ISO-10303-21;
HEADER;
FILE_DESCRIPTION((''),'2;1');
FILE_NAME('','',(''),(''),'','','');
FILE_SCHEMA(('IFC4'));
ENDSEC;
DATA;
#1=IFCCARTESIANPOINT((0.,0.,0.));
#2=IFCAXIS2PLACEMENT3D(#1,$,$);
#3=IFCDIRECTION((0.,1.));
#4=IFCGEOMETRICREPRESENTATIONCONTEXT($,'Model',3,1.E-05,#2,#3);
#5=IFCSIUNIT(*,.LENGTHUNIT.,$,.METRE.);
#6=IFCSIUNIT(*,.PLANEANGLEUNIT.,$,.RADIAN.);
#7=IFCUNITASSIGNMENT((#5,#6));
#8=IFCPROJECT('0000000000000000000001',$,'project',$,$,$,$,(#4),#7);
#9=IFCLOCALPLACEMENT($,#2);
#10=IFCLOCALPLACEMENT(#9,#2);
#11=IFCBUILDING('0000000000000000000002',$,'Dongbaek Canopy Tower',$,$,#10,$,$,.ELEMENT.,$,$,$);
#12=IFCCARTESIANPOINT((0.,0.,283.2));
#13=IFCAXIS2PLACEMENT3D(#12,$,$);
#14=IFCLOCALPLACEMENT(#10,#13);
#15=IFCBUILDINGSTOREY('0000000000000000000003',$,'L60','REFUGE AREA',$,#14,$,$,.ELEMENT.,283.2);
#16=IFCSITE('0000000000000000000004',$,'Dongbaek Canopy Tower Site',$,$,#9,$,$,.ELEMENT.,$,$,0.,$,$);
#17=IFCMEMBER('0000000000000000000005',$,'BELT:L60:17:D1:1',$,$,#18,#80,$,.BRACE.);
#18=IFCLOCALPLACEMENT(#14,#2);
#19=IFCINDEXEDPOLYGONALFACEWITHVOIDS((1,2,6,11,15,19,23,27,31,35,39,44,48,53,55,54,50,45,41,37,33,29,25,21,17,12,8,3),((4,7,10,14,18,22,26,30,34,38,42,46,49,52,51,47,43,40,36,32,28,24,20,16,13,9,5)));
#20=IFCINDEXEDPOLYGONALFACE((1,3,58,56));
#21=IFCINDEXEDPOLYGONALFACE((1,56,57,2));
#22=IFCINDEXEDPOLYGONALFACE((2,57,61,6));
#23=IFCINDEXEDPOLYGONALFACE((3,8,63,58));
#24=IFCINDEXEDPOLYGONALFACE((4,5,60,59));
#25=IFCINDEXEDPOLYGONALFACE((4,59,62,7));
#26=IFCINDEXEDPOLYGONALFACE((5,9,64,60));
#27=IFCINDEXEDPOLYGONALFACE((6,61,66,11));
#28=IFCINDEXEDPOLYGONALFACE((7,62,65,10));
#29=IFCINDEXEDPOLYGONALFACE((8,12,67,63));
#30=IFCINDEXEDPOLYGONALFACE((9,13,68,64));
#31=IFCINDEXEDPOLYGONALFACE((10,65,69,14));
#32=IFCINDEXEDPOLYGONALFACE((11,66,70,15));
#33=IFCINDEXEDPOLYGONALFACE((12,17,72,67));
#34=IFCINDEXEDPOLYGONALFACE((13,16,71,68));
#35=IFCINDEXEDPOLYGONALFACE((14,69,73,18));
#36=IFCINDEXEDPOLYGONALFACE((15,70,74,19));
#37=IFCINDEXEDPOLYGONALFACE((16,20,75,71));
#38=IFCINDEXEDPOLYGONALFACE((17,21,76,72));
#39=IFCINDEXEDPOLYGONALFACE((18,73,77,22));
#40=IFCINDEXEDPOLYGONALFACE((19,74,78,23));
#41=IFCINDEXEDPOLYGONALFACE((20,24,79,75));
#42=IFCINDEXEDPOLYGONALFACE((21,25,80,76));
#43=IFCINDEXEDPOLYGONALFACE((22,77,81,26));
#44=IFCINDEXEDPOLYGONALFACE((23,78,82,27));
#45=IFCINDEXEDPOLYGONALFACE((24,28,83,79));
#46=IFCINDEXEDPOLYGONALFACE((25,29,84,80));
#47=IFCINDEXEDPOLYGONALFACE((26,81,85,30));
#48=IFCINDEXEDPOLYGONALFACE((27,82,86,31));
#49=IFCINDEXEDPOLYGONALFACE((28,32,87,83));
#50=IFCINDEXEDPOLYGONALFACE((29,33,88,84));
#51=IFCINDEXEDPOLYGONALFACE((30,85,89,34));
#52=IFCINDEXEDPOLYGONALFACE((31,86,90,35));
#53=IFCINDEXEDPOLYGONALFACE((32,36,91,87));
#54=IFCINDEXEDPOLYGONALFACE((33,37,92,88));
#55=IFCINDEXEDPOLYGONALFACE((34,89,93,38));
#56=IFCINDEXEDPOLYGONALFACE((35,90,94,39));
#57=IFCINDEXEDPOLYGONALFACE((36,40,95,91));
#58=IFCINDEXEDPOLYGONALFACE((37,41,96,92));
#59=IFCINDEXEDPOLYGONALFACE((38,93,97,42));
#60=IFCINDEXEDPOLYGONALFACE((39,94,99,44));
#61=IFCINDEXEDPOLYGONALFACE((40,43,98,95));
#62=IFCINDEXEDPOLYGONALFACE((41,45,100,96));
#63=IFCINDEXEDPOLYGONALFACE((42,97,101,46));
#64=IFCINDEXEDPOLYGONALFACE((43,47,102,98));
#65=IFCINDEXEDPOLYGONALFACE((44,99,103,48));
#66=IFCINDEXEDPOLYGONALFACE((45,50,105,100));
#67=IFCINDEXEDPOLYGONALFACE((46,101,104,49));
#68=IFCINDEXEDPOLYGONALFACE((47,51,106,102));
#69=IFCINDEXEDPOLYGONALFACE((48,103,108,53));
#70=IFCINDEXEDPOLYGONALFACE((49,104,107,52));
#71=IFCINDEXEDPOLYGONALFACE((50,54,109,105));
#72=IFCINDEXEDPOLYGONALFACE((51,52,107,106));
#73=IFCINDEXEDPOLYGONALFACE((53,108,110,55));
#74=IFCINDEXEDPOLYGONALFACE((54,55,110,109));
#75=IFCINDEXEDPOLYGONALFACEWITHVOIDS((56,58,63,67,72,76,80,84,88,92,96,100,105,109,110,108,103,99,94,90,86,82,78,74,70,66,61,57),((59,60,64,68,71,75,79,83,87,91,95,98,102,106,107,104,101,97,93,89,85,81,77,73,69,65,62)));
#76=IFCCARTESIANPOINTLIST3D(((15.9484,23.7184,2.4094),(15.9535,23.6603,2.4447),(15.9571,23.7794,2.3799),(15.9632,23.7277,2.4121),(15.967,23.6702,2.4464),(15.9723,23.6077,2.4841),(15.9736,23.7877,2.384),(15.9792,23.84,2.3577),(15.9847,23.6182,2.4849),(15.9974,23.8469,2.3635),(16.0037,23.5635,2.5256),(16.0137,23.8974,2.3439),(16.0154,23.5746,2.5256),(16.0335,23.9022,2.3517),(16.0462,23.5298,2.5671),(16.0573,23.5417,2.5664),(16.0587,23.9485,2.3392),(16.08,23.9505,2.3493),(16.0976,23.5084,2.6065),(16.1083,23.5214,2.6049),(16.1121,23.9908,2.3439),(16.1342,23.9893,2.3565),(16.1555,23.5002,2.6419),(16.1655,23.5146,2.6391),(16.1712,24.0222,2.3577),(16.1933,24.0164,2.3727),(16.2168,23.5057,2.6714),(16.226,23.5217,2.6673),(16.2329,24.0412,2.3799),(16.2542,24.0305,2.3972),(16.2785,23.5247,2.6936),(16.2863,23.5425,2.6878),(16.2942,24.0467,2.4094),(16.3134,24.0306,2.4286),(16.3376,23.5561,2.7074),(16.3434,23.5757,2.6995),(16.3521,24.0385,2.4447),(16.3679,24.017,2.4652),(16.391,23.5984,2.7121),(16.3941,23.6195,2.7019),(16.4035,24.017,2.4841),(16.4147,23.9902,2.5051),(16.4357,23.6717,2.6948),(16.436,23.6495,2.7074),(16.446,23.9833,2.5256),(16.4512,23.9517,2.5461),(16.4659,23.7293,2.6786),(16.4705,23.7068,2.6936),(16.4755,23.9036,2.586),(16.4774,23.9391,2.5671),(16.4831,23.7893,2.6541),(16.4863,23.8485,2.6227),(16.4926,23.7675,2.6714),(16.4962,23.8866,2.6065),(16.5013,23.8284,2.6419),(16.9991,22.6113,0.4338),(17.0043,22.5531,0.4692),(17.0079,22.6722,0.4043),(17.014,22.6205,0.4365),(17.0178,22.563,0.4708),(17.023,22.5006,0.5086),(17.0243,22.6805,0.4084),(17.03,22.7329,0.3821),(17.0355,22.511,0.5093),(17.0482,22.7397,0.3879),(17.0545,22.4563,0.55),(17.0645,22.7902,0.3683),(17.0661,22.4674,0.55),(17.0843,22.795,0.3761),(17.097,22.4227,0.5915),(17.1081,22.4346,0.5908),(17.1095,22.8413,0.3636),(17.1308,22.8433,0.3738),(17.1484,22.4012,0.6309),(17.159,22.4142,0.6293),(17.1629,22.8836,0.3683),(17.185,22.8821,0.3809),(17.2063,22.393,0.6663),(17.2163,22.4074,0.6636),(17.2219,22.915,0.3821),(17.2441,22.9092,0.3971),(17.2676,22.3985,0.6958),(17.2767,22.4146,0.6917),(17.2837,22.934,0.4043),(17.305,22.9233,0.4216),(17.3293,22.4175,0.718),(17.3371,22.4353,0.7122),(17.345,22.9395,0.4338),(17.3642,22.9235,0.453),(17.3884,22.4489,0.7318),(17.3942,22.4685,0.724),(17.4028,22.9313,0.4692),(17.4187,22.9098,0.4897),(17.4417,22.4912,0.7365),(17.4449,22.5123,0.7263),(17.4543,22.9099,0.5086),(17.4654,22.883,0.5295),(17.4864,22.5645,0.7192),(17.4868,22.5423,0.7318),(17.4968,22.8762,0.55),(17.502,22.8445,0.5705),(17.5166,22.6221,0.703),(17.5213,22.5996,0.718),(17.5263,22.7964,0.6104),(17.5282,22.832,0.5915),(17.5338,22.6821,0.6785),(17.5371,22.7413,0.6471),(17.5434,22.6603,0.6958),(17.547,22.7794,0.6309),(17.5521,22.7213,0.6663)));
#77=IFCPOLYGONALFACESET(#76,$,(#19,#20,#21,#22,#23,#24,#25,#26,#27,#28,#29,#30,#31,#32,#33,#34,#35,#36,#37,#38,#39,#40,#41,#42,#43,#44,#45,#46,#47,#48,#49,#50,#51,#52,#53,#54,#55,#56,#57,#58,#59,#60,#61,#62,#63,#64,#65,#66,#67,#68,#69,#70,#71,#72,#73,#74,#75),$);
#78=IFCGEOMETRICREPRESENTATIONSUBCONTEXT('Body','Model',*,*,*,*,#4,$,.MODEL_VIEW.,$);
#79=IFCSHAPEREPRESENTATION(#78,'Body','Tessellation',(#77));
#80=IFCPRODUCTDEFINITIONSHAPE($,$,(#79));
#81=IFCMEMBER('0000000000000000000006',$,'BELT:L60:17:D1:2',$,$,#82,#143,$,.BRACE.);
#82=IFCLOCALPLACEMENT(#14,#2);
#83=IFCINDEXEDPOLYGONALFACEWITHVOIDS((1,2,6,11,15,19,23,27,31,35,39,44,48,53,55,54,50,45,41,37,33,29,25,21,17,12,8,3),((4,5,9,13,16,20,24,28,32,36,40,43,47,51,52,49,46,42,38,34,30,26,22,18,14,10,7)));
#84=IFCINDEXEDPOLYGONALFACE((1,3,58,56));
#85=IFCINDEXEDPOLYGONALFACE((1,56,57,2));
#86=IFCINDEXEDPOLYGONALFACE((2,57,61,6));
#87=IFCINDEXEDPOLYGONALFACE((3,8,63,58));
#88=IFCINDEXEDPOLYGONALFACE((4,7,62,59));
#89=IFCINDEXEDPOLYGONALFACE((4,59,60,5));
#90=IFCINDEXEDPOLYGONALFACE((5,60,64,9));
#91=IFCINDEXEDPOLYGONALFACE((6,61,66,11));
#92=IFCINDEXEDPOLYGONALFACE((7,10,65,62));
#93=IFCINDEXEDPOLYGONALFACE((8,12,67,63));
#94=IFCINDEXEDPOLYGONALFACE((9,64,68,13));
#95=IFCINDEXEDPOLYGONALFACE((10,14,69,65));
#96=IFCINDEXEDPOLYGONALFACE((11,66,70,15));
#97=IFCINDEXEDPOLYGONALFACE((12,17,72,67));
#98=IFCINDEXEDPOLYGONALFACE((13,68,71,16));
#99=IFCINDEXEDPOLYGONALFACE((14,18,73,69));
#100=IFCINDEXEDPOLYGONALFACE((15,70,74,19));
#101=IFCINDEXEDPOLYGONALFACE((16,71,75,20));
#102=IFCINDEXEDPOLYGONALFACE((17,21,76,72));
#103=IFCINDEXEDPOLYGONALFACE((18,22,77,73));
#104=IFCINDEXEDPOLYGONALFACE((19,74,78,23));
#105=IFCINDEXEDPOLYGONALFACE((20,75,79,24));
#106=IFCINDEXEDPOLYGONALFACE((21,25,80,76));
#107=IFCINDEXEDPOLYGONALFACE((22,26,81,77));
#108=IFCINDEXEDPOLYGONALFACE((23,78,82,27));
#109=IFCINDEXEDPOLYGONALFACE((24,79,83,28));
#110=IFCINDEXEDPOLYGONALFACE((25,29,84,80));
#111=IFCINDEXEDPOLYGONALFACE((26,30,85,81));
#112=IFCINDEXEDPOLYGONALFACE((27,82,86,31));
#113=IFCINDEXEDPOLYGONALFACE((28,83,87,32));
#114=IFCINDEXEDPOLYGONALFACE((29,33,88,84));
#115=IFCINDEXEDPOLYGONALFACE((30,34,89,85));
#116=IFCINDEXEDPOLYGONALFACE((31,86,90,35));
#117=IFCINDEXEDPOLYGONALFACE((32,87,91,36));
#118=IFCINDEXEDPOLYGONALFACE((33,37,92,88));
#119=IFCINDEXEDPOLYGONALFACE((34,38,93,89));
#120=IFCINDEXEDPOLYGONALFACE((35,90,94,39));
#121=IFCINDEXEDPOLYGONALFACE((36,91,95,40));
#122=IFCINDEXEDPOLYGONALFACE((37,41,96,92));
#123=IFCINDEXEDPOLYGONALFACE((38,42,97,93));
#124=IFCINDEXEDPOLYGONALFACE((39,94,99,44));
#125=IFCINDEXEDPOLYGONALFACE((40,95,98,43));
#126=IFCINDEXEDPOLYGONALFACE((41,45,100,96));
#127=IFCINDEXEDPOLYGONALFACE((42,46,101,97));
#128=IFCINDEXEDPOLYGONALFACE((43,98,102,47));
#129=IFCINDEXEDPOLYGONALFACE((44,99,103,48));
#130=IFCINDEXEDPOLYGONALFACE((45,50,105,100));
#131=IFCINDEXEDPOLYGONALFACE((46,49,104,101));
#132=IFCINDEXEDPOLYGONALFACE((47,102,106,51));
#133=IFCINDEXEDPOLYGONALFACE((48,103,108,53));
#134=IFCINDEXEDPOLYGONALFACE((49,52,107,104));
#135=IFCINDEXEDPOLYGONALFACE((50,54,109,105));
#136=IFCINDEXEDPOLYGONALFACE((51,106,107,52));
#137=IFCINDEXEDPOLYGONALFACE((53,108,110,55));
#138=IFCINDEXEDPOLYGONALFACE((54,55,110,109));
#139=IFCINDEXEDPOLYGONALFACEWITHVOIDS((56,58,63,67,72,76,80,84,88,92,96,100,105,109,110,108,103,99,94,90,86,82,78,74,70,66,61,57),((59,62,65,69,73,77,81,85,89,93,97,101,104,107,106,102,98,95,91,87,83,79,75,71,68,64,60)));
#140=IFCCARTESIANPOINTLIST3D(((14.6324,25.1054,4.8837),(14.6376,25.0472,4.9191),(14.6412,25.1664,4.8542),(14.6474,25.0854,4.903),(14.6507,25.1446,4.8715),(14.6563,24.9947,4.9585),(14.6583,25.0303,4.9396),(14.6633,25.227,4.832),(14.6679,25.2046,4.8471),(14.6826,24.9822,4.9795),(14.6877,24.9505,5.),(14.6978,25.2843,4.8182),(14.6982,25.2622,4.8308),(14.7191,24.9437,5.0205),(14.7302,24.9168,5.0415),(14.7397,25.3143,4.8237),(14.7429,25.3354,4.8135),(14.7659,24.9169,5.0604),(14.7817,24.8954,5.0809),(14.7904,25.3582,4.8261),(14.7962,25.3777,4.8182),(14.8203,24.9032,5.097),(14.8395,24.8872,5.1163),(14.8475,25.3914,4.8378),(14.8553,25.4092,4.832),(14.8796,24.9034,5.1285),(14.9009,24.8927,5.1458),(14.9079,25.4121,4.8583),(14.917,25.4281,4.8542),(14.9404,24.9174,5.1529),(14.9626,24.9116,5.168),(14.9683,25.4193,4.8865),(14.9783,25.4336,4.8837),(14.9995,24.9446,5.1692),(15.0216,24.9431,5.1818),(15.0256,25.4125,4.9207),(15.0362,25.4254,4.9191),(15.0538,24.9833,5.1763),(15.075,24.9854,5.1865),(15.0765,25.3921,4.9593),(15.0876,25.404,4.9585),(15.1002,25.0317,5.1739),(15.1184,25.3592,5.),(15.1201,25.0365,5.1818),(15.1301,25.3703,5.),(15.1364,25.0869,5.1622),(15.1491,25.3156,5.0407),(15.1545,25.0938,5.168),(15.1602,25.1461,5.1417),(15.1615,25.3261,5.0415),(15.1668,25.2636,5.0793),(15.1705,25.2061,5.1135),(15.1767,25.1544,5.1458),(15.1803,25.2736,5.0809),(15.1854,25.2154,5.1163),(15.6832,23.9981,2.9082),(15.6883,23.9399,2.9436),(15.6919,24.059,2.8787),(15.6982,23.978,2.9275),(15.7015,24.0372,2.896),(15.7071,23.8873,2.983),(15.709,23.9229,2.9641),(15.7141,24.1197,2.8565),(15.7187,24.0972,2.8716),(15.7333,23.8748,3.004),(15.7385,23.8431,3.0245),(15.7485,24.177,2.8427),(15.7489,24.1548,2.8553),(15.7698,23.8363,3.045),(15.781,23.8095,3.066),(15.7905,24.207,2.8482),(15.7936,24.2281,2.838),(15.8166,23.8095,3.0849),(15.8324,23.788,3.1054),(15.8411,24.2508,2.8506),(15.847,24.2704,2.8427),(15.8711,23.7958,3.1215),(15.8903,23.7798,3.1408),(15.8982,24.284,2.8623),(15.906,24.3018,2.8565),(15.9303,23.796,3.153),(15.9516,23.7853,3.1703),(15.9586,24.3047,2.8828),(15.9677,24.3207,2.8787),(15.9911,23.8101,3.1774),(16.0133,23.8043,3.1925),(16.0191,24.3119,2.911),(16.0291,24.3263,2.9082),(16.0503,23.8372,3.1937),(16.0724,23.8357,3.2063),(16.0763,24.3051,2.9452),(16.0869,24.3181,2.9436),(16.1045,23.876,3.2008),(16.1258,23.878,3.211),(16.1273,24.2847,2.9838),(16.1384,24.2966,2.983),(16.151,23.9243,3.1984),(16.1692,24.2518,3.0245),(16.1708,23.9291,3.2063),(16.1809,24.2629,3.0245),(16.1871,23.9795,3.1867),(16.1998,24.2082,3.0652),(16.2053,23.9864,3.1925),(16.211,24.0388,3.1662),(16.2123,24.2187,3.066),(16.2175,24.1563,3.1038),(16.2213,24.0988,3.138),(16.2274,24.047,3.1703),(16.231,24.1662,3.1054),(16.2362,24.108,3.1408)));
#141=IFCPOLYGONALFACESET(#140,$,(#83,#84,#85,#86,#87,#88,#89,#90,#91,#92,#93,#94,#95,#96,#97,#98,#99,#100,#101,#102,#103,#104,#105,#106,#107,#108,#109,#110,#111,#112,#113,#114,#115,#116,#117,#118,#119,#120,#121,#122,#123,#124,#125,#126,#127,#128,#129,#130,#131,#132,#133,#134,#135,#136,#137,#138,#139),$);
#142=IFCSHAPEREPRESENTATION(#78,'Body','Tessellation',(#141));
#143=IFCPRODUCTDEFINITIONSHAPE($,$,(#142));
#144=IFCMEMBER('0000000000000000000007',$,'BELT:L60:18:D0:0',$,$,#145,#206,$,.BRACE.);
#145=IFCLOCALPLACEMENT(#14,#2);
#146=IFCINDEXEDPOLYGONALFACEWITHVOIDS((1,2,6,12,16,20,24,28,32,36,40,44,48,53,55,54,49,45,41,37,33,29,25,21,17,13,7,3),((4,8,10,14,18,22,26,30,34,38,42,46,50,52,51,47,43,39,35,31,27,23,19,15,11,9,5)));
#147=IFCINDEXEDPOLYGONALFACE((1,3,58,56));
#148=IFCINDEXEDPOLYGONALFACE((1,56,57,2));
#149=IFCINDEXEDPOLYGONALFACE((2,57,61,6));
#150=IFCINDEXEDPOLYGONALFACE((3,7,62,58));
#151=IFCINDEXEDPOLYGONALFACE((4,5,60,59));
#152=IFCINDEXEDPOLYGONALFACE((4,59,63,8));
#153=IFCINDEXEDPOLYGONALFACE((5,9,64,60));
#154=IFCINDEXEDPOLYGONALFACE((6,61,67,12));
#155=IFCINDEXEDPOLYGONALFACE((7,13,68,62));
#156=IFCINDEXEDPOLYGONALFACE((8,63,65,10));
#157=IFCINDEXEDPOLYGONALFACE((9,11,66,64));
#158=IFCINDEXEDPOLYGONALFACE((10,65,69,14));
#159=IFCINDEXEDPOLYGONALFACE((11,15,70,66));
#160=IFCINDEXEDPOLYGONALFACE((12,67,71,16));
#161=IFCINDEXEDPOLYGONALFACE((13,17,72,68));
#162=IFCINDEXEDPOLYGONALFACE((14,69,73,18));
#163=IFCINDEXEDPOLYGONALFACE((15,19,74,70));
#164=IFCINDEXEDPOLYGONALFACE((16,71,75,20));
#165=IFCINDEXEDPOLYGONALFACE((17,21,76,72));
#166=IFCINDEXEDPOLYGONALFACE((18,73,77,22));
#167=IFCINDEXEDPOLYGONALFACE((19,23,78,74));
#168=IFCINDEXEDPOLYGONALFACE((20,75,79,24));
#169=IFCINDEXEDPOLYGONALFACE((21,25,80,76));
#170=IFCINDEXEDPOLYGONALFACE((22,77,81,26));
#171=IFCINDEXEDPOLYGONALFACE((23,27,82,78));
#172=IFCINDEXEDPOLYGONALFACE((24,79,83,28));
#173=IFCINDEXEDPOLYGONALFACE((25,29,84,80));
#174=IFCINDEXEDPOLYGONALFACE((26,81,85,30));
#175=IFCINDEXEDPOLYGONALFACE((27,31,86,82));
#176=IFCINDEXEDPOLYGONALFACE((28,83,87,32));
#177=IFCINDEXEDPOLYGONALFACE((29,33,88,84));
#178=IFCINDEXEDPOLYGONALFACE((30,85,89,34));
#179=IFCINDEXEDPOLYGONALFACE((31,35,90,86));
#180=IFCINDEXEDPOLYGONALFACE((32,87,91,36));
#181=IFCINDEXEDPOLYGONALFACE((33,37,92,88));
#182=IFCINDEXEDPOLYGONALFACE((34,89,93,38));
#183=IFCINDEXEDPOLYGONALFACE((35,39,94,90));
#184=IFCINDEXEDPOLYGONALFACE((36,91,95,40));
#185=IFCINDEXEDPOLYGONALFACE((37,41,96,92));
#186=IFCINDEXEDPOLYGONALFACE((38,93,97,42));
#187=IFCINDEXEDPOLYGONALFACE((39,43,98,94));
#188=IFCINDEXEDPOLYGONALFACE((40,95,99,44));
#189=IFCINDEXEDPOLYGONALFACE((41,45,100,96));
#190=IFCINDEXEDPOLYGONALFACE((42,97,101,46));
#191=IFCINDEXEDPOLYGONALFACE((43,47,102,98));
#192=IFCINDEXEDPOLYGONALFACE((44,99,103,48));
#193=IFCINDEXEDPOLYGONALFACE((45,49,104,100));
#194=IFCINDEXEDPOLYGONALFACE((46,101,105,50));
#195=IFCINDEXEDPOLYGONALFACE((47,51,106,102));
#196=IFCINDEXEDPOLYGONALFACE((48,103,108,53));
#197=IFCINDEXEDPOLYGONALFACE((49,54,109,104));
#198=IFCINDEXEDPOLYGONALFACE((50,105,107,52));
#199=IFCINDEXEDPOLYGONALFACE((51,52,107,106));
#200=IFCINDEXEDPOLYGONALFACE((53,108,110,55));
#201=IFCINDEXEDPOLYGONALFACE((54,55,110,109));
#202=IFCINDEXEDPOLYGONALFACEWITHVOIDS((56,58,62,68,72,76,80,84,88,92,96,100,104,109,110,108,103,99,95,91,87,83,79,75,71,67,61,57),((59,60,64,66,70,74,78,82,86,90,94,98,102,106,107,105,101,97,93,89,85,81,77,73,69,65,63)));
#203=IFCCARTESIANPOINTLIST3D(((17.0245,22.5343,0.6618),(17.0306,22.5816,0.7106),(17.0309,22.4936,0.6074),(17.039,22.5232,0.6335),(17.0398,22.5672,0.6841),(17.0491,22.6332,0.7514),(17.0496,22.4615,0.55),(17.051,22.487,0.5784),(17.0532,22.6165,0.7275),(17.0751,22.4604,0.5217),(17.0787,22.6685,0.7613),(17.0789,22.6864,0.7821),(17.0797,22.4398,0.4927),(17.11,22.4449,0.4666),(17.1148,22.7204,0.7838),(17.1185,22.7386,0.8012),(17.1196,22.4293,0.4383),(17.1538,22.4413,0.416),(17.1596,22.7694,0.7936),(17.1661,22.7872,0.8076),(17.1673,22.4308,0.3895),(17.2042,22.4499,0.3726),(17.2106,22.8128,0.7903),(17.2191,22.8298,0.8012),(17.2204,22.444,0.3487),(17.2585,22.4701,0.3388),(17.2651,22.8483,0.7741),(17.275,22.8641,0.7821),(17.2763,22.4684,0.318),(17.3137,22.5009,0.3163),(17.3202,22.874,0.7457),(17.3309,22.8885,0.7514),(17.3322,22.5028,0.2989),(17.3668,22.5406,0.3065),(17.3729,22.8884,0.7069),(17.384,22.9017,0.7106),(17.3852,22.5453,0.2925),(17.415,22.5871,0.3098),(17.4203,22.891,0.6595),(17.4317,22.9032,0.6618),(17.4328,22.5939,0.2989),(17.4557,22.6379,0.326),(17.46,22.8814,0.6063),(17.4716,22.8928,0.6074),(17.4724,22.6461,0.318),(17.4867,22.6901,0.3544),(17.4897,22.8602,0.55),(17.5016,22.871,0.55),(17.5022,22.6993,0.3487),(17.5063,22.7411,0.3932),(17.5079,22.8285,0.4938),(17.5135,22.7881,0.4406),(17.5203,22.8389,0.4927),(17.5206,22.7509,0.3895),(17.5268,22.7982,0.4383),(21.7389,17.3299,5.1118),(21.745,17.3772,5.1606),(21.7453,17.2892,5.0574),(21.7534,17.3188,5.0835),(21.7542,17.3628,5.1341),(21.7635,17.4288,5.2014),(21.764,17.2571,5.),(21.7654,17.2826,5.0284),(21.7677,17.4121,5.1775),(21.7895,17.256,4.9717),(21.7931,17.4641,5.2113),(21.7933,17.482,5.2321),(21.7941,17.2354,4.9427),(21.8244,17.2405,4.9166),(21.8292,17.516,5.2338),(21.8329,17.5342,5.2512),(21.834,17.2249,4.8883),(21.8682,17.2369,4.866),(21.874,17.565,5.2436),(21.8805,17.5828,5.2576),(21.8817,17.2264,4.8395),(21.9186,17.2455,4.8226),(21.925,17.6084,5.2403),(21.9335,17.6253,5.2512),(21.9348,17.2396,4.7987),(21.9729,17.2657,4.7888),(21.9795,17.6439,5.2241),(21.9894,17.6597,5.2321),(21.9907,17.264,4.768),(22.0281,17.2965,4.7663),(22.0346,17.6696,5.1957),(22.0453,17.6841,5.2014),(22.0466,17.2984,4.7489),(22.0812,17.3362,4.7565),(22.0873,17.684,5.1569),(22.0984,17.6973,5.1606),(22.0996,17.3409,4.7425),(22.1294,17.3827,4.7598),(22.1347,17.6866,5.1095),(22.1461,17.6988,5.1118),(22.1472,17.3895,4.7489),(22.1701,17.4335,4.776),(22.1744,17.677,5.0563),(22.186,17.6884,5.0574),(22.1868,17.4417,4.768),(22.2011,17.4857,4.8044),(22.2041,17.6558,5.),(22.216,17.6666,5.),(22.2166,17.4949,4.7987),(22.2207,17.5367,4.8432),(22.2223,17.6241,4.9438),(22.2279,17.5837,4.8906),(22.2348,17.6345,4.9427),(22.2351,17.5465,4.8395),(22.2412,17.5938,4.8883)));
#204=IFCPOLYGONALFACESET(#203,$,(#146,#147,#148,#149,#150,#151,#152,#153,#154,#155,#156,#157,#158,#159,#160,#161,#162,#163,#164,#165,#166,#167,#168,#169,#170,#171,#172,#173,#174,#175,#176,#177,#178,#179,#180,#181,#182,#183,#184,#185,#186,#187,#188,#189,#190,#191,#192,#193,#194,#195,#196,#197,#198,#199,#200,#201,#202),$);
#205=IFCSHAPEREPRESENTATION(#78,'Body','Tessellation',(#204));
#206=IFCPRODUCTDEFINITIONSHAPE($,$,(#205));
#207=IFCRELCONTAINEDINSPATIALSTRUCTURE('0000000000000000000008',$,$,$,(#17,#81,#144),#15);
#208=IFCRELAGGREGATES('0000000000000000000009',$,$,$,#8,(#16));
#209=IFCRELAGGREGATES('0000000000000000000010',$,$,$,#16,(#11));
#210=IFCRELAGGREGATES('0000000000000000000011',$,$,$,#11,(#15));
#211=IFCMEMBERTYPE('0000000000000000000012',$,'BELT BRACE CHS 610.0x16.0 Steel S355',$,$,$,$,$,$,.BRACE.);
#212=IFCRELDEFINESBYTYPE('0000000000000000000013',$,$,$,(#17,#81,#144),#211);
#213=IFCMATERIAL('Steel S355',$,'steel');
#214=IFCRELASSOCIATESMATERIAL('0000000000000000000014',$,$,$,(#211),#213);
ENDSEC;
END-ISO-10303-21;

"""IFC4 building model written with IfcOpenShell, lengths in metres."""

from ifc_helpers import new_model, si_unit, direction, frame, origin, origin_2d, place, context, subcontext, project, spatial, hollow_circle, extrude, material, material_profile, profile_set, type_object, element, save


model = new_model("IFC4")

# Units and contexts
model_context = context("Model", 3, precision=1e-05, world=origin(), true_north=direction((0.0, 1.0)))
body_context = subcontext(model_context, "Body", "Model", "MODEL_VIEW")
ifc_project = project(units=[si_unit("LENGTHUNIT", "METRE"), si_unit("PLANEANGLEUNIT", "RADIAN")], contexts=[model_context])

# Site, building, storey
site_placement = place(None, origin())
site = spatial("IfcSite", under=ifc_project, at=site_placement, Name="Dongbaek Canopy Tower Site", CompositionType="ELEMENT", RefElevation=0.0)
building_placement = place(site_placement, origin())
building = spatial("IfcBuilding", under=site, at=building_placement, Name="Dongbaek Canopy Tower", CompositionType="ELEMENT")
storey_placement = place(building_placement, frame((0.0, 0.0, 283.2)))
storey = spatial("IfcBuildingStorey", under=building, at=storey_placement, Name="L60", Description="REFUGE AREA", CompositionType="ELEMENT", Elevation=283.2)

# Members
ifc_material_1 = material(Name="Steel S355", Category="steel")
ifc_material_profile_1 = material_profile(ifc_material_1, hollow_circle(Radius=0.3049, WallThickness=0.0161, at=origin_2d()), Name="BELT BRACE CHS 610.0x16.0 Steel S355")
ifc_profile_set_1 = profile_set([ifc_material_profile_1], Name="Steel S355")
member_type_1 = type_object("IfcMemberType", Name="BELT BRACE CHS 610.0x16.0 Steel S355", PredefinedType="BRACE", material=ifc_profile_set_1)
for number, where, z_axis, x_axis, name in (
    (1, (17.2756, 22.6663, 0.55), (-0.420888, 0.443477, 0.791316), (-0.725339, -0.688392, 0.0), "BELT:L60:17:D1:1"),
    (2, (14.9089, 25.1604, 5.0), (0.42087, -0.443556, -0.791282), (0.725415, 0.688312, 0.0), "BELT:L60:17:D1:2"),
):
    element("IfcMember", number, at=place(storey_placement, frame(where, z_axis=z_axis, x_axis=x_axis)), inside=storey, type_object=member_type_1, Name=name, PredefinedType="BRACE", context=body_context, shape_type="SweptSolid", body=[
        extrude(hollow_circle(Radius=0.3049, WallThickness=0.0161, at=origin_2d()), origin(), (0.0, 0.0, 1.0), 2.4966),
    ])
member_1_placement = place(storey_placement, frame((17.2756, 22.6663, 0.55), z_axis=(0.56708, -0.62602, 0.535275), x_axis=(0.741135, 0.671357, 0.0)))
element("IfcMember", 3, at=member_1_placement, inside=storey, type_object=member_type_1, Name="BELT:L60:18:D0:0", PredefinedType="BRACE", context=body_context, shape_type="SweptSolid", body=[
    extrude(hollow_circle(Radius=0.3049, WallThickness=0.0161, at=origin_2d()), origin(), (0.0, 0.0, 1.0), 8.3135),
])

save(model, "model.ifc")
